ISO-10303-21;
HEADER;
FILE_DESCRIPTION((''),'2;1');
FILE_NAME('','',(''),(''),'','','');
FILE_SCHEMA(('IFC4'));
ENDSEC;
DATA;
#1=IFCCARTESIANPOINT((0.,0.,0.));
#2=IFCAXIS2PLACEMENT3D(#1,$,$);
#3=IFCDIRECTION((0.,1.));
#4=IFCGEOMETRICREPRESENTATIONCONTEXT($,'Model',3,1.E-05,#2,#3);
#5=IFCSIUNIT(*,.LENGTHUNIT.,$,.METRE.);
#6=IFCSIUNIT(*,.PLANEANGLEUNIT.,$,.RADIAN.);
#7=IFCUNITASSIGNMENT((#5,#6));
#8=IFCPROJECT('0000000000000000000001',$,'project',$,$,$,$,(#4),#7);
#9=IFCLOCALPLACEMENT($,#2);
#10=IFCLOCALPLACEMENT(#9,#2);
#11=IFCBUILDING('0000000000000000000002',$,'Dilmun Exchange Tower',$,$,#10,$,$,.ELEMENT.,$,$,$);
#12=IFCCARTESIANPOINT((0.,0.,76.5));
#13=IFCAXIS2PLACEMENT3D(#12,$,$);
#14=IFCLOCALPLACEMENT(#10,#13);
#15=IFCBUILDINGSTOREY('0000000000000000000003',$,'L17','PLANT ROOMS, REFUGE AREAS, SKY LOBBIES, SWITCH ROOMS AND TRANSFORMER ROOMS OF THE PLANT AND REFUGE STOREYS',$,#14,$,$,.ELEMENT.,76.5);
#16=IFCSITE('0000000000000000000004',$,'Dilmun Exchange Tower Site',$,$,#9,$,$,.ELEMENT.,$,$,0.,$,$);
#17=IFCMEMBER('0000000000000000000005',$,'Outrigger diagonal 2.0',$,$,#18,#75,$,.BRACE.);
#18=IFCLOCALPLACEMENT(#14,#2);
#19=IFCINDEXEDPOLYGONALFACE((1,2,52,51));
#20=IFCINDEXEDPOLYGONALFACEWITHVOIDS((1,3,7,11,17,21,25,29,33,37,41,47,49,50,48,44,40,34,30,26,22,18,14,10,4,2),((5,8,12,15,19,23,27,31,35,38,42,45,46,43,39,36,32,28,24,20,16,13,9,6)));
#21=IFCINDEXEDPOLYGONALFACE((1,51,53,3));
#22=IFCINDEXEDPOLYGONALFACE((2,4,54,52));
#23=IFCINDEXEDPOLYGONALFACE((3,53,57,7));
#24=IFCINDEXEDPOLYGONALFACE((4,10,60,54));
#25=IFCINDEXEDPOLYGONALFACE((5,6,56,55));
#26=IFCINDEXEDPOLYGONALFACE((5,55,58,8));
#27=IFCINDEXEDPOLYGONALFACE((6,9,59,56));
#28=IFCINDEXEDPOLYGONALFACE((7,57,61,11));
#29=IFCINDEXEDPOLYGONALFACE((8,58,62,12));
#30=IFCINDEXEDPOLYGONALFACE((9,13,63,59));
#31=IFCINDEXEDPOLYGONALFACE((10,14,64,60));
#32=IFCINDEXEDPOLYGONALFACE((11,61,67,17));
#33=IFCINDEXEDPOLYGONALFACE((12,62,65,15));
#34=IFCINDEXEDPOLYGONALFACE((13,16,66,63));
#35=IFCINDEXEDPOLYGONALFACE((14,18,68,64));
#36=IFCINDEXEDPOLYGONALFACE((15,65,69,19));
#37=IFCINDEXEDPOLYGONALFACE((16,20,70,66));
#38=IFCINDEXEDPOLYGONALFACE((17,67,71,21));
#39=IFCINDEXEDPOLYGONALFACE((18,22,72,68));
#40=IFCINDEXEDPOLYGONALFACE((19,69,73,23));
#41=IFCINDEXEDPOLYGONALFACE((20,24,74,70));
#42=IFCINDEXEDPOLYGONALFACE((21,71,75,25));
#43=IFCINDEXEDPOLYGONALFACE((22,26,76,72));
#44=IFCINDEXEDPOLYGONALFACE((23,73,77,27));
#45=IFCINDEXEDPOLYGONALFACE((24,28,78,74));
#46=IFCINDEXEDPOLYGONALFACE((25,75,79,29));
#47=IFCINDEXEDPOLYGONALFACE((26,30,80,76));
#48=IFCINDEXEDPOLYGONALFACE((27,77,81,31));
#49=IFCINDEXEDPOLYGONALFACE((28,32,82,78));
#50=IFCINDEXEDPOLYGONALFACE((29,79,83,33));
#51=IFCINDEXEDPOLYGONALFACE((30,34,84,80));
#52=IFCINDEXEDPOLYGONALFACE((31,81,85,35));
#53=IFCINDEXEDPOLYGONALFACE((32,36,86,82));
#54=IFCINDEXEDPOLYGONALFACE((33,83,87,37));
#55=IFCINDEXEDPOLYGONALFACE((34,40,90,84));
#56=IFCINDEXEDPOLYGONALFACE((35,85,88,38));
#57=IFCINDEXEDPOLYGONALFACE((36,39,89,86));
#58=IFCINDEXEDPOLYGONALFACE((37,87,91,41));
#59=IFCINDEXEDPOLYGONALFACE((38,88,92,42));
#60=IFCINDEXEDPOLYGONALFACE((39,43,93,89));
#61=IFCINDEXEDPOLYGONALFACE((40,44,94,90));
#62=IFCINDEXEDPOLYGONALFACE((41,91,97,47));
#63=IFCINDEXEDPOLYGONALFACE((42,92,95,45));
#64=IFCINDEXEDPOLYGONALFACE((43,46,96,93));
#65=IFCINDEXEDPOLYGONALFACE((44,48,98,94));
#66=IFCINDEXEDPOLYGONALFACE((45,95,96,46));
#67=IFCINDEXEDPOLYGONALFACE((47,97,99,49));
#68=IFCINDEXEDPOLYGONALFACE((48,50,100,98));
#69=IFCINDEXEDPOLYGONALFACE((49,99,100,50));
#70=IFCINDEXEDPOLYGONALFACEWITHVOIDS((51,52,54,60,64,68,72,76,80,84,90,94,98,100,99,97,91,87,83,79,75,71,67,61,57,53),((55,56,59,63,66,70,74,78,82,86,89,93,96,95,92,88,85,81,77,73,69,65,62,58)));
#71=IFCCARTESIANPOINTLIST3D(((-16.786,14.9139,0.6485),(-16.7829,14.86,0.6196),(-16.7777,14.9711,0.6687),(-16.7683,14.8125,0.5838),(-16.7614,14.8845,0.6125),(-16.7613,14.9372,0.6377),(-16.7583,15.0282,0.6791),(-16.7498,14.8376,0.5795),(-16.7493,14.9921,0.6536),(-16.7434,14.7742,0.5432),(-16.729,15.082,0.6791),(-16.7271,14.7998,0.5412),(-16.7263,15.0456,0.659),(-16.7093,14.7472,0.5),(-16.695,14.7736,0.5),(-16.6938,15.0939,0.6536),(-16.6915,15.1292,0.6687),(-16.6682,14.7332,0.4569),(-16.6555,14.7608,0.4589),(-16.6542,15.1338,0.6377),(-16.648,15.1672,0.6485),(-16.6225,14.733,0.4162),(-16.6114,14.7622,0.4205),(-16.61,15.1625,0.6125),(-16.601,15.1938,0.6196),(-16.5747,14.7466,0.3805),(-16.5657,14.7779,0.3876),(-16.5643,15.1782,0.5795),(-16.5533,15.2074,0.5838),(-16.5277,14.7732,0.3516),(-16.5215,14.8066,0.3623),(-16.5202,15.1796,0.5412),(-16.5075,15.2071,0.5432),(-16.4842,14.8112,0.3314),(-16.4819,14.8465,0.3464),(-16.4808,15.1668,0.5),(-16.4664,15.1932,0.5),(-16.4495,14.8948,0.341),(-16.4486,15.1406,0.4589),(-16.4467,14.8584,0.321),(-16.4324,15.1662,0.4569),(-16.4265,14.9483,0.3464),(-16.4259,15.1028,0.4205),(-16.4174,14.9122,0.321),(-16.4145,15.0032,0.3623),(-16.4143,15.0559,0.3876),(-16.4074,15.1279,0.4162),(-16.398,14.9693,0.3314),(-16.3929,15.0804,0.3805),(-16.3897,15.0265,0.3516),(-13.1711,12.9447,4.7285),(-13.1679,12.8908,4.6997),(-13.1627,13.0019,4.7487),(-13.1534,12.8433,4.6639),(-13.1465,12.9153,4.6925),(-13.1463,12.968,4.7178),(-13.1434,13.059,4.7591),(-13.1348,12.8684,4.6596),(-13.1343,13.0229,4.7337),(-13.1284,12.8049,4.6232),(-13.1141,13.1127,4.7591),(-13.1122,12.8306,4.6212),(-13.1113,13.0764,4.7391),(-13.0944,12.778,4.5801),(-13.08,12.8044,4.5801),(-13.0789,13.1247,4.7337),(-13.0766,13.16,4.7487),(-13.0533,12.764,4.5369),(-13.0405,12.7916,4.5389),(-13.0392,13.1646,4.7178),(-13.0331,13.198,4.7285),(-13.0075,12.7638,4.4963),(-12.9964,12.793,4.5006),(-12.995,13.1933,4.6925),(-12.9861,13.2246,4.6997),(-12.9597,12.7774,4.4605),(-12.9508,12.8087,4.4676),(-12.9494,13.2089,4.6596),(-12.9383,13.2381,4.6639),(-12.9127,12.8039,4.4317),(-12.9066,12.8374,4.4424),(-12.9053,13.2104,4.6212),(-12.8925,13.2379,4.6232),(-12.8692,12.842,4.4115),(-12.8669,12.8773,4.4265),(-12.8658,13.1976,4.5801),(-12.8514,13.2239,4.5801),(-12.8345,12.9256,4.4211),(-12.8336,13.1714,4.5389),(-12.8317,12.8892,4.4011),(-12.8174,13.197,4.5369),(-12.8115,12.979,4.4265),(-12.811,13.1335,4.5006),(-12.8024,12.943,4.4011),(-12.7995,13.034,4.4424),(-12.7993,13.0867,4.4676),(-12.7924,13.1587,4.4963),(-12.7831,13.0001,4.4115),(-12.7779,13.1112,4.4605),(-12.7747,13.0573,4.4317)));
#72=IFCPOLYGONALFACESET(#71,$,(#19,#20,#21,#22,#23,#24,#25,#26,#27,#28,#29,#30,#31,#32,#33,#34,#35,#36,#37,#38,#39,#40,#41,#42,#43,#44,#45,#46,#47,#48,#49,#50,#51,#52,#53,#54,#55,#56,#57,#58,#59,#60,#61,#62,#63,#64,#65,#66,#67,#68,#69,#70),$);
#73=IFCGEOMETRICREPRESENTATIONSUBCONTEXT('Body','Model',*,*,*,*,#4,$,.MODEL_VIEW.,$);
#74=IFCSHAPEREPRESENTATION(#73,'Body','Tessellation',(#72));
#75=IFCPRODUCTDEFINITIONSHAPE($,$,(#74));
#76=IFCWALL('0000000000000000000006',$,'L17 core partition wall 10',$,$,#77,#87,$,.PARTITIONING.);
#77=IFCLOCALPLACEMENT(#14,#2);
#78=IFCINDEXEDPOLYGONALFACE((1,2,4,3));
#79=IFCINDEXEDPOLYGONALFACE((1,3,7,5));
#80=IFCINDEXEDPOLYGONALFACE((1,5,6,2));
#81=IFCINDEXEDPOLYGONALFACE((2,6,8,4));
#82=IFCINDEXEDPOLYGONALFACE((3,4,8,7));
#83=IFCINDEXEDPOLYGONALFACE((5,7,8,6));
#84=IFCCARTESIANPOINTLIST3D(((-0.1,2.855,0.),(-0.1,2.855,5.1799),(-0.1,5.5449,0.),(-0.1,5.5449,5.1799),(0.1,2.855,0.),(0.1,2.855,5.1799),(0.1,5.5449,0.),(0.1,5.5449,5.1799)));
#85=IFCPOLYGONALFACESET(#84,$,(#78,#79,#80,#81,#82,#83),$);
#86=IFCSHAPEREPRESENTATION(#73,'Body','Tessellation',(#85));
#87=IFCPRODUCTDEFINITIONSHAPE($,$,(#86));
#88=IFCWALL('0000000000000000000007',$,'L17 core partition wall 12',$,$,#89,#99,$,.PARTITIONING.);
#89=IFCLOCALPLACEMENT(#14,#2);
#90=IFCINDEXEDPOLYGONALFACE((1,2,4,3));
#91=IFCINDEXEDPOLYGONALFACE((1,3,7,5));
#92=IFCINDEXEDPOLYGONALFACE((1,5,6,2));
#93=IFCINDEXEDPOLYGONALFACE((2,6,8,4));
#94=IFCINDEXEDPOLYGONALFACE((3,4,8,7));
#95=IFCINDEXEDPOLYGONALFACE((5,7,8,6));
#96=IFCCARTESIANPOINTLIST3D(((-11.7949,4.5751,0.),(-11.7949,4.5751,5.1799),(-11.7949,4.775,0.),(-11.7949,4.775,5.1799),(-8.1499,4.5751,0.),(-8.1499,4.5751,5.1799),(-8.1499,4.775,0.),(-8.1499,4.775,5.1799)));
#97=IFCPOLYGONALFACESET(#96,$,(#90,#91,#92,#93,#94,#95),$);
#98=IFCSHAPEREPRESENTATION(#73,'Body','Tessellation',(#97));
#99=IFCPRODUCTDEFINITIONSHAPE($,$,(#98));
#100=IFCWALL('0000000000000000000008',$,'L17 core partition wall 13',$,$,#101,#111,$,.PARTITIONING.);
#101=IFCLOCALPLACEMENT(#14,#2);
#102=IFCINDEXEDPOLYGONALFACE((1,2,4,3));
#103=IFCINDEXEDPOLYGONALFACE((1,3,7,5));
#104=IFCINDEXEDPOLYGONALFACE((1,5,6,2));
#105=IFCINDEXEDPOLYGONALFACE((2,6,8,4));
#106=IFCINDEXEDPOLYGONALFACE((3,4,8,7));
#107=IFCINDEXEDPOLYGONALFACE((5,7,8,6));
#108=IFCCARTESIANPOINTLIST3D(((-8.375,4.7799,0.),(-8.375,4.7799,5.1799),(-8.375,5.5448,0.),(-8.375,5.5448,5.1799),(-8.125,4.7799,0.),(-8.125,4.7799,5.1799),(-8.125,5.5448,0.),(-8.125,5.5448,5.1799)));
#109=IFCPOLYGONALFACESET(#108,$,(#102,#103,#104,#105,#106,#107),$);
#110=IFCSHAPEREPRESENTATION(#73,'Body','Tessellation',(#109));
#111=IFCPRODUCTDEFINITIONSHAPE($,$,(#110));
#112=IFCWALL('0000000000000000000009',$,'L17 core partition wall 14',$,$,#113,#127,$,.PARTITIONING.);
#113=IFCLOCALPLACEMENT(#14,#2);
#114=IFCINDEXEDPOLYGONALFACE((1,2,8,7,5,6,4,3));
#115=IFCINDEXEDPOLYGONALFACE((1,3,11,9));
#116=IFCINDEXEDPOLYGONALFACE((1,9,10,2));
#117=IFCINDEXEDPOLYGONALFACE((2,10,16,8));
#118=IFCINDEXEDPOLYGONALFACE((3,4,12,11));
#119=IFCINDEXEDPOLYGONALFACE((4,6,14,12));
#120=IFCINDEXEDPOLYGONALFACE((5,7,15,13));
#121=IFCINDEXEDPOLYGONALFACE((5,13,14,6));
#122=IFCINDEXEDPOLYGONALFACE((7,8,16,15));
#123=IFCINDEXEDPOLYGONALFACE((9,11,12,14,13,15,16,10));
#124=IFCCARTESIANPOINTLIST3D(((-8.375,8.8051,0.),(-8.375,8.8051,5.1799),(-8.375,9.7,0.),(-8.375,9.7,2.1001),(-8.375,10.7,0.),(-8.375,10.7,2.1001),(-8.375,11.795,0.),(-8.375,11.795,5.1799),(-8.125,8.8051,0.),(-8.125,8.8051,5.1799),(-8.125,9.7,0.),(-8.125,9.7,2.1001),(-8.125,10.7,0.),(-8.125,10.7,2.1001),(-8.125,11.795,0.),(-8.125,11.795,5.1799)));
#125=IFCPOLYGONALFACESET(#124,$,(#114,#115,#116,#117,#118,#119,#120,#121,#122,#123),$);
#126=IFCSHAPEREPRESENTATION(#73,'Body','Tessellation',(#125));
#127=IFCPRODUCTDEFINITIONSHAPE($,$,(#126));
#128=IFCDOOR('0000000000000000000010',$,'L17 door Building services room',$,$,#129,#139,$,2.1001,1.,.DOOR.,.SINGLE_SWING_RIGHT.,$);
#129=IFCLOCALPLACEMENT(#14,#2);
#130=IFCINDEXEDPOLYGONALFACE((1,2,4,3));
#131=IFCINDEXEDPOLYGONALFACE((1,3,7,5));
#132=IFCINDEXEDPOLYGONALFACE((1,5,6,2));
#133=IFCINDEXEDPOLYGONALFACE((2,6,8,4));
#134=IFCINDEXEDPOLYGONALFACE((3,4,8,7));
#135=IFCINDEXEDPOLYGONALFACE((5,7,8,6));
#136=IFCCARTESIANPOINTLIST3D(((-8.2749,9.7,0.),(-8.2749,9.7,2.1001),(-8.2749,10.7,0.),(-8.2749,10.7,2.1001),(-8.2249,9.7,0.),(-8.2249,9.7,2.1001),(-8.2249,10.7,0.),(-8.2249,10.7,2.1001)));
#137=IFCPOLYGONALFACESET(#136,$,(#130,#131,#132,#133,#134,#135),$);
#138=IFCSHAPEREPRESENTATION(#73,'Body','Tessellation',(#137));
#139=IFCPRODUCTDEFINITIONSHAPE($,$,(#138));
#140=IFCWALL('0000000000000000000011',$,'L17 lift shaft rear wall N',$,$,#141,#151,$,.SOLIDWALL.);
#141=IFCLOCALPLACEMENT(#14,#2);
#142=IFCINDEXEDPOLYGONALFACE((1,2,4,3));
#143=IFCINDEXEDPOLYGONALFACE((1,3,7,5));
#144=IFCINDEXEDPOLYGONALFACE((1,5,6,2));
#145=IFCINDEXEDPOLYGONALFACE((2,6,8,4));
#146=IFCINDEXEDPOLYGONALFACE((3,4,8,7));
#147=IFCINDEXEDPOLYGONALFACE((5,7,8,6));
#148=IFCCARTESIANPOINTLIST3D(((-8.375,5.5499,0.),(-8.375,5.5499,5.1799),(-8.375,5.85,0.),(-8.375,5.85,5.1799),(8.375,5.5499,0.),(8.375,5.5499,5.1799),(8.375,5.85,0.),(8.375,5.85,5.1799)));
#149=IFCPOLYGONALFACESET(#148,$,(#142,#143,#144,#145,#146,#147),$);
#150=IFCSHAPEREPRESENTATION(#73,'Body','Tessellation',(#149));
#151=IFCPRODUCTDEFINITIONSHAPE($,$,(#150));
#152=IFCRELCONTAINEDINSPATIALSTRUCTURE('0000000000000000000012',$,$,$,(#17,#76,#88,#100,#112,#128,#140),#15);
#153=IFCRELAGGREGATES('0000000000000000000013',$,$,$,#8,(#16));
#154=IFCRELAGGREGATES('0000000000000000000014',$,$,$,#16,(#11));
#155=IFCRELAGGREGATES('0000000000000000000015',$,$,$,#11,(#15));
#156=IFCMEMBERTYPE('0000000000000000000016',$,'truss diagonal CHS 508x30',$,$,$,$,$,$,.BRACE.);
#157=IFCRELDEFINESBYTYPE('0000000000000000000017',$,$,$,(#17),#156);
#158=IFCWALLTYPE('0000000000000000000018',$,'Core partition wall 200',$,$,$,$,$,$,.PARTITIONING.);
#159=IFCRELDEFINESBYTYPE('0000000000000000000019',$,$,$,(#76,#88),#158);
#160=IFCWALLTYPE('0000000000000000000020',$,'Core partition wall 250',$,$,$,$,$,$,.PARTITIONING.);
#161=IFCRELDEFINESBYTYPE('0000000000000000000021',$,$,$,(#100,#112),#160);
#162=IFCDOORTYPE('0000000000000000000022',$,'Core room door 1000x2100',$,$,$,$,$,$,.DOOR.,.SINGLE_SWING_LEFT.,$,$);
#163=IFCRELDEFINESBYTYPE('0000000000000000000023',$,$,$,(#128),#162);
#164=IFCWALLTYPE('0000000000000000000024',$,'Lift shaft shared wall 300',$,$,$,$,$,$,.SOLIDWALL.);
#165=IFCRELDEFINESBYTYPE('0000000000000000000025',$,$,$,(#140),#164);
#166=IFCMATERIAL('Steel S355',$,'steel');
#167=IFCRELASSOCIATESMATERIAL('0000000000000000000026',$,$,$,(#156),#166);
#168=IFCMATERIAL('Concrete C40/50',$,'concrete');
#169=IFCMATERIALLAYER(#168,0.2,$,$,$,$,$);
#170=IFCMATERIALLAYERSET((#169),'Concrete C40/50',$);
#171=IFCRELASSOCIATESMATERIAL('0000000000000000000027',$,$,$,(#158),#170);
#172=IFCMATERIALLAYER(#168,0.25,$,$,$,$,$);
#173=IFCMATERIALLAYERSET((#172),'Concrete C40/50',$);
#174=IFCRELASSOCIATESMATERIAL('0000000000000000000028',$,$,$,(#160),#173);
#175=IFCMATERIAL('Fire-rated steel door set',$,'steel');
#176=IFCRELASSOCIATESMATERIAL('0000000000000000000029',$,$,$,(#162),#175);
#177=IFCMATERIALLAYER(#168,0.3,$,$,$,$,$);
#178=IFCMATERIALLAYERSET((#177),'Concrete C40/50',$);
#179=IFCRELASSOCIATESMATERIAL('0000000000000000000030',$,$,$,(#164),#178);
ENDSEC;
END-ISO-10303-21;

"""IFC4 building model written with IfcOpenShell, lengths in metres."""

from ifc_helpers import new_model, si_unit, direction, frame, frame_2d, origin, origin_2d, place, context, subcontext, project, spatial, rectangle, hollow_circle, extrude, material, layer, layer_set, material_profile, profile_set, type_object, element, fill, save


model = new_model("IFC4")

# Units and contexts
model_context = context("Model", 3, precision=1e-05, world=origin(), true_north=direction((0.0, 1.0)))
body_context = subcontext(model_context, "Body", "Model", "MODEL_VIEW")
ifc_project = project(units=[si_unit("LENGTHUNIT", "METRE"), si_unit("PLANEANGLEUNIT", "RADIAN")], contexts=[model_context])

# Site, building, storey
site_placement = place(None, origin())
site = spatial("IfcSite", under=ifc_project, at=site_placement, Name="Dilmun Exchange Tower Site", CompositionType="ELEMENT", RefElevation=0.0)
building_placement = place(site_placement, origin())
building = spatial("IfcBuilding", under=site, at=building_placement, Name="Dilmun Exchange Tower", CompositionType="ELEMENT")
storey_placement = place(building_placement, frame((0.0, 0.0, 76.5)))
storey = spatial("IfcBuildingStorey", under=building, at=storey_placement, Name="L17", Description="PLANT ROOMS, REFUGE AREAS, SKY LOBBIES, SWITCH ROOMS AND TRANSFORMER ROOMS OF THE PLANT AND REFUGE STOREYS", CompositionType="ELEMENT", Elevation=76.5)

# Shared definitions
ifc_material_1 = material(Name="Steel S355", Category="steel")

# Member
ifc_material_profile_1 = material_profile(ifc_material_1, hollow_circle(Radius=0.2539, WallThickness=0.03, at=origin_2d()), Name="CHS 508x30")
ifc_profile_set_1 = profile_set([ifc_material_profile_1], Name="Steel S355")
member_type = type_object("IfcMemberType", Name="truss diagonal CHS 508x30", PredefinedType="BRACE", material=ifc_profile_set_1)
member_1_placement = place(storey_placement, frame((-12.9729, 13.001, 4.5801), z_axis=(-0.623709, 0.339761, -0.703953), x_axis=(-0.47837, -0.878158, 0.0)))
element("IfcMember", 1, at=member_1_placement, inside=storey, type_object=member_type, Name="Outrigger diagonal 2.0", PredefinedType="BRACE", context=body_context, shape_type="SweptSolid", body=[
    extrude(hollow_circle(Radius=0.2539, WallThickness=0.03, at=origin_2d()), origin(), (0.0, 0.0, 1.0), 5.7959),
])

# Walls
ifc_material_2 = material(Name="Concrete C40/50", Category="concrete")
ifc_layer_1 = layer(ifc_material_2, 0.2)
ifc_layer_set_1 = layer_set([ifc_layer_1], Name="Concrete C40/50")
wall_type_1 = type_object("IfcWallType", Name="Core partition wall 200", PredefinedType="PARTITIONING", material=ifc_layer_set_1)
wall_1_placement = place(storey_placement, frame((0.0, 2.855, 0.0), z_axis=(0.0, 0.0, 1.0), x_axis=(0.0, 1.0, 0.0)))
element("IfcWall", 2, at=wall_1_placement, inside=storey, type_object=wall_type_1, Name="L17 core partition wall 10", PredefinedType="PARTITIONING", context=body_context, shape_type="SweptSolid", body=[
    extrude(rectangle(XDim=2.6899, YDim=0.2, at=frame_2d((1.345, 0.0))), origin(), (0.0, 0.0, 1.0), 5.1799),
])
wall_2_placement = place(storey_placement, frame((-11.7949, 4.675, 0.0), z_axis=(0.0, 0.0, 1.0), x_axis=(1.0, 0.0, 0.0)))
element("IfcWall", 3, at=wall_2_placement, inside=storey, type_object=wall_type_1, Name="L17 core partition wall 12", PredefinedType="PARTITIONING", context=body_context, shape_type="SweptSolid", body=[
    extrude(rectangle(XDim=3.645, YDim=0.2, at=frame_2d((1.8225, 0.0))), origin(), (0.0, 0.0, 1.0), 5.1799),
])
ifc_layer_2 = layer(ifc_material_2, 0.25)
ifc_layer_set_2 = layer_set([ifc_layer_2], Name="Concrete C40/50")
wall_type_2 = type_object("IfcWallType", Name="Core partition wall 250", PredefinedType="PARTITIONING", material=ifc_layer_set_2)
wall_3_placement = place(storey_placement, frame((-8.25, 4.78, 0.0), z_axis=(0.0, 0.0, 1.0), x_axis=(0.0, 1.0, 0.0)))
element("IfcWall", 4, at=wall_3_placement, inside=storey, type_object=wall_type_2, Name="L17 core partition wall 13", PredefinedType="PARTITIONING", context=body_context, shape_type="SweptSolid", body=[
    extrude(rectangle(XDim=0.7649, YDim=0.25, at=frame_2d((0.3823, 0.0))), origin(), (0.0, 0.0, 1.0), 5.1799),
])

# Wall, opening, door
wall_4_placement = place(storey_placement, frame((-8.25, 8.8049, 0.0), z_axis=(0.0, 0.0, 1.0), x_axis=(0.0, 1.0, 0.0)))
wall_4 = element("IfcWall", 5, at=wall_4_placement, inside=storey, type_object=wall_type_2, Name="L17 core partition wall 14", PredefinedType="PARTITIONING", context=body_context, shape_type="SweptSolid", body=[
    extrude(rectangle(XDim=2.99, YDim=0.25, at=frame_2d((1.4951, 0.0))), origin(), (0.0, 0.0, 1.0), 5.1799),
])
opening_1_placement = place(wall_4_placement, frame((0.895, 0.0, 0.0)))
opening_1 = element("IfcOpeningElement", 6, at=opening_1_placement, cuts=wall_4, PredefinedType="OPENING", context=body_context, shape_type="SweptSolid", body=[
    extrude(rectangle(XDim=1.0, YDim=2.1001, at=frame_2d((0.5, 1.05))), frame((0.0, 0.135, 0.0), z_axis=(0.0, -1.0, 0.0), x_axis=(1.0, 0.0, 0.0)), (0.0, 0.0, 1.0), 0.27),
])
ifc_material_3 = material(Name="Fire-rated steel door set", Category="steel")
door_type_1 = type_object("IfcDoorType", Name="Core room door 1000x2100", OperationType="SINGLE_SWING_LEFT", PredefinedType="DOOR", material=ifc_material_3)
door_1_placement = place(opening_1_placement, origin())
door_1 = element("IfcDoor", 7, at=door_1_placement, inside=storey, type_object=door_type_1, Name="L17 door Building services room", OperationType="SINGLE_SWING_RIGHT", OverallHeight=2.1001, OverallWidth=1.0, PredefinedType="DOOR", context=body_context, shape_type="SweptSolid", body=[
    extrude(rectangle(XDim=1.0, YDim=2.1001, at=frame_2d((0.5, 1.05))), frame((0.0, 0.0249, 0.0), z_axis=(0.0, -1.0, 0.0), x_axis=(1.0, 0.0, 0.0)), (0.0, 0.0, 1.0), 0.05),
])
fill(opening_1, door_1)

# Wall
ifc_layer_3 = layer(ifc_material_2, 0.3)
ifc_layer_set_3 = layer_set([ifc_layer_3], Name="Concrete C40/50")
wall_type_3 = type_object("IfcWallType", Name="Lift shaft shared wall 300", PredefinedType="SOLIDWALL", material=ifc_layer_set_3)
wall_5_placement = place(storey_placement, frame((-8.375, 5.7, 0.0), z_axis=(0.0, 0.0, 1.0), x_axis=(1.0, 0.0, 0.0)))
element("IfcWall", 8, at=wall_5_placement, inside=storey, type_object=wall_type_3, Name="L17 lift shaft rear wall N", PredefinedType="SOLIDWALL", context=body_context, shape_type="SweptSolid", body=[
    extrude(rectangle(XDim=16.75, YDim=0.3, at=frame_2d((8.375, 0.0))), origin(), (0.0, 0.0, 1.0), 5.1799),
])

save(model, "model.ifc")
